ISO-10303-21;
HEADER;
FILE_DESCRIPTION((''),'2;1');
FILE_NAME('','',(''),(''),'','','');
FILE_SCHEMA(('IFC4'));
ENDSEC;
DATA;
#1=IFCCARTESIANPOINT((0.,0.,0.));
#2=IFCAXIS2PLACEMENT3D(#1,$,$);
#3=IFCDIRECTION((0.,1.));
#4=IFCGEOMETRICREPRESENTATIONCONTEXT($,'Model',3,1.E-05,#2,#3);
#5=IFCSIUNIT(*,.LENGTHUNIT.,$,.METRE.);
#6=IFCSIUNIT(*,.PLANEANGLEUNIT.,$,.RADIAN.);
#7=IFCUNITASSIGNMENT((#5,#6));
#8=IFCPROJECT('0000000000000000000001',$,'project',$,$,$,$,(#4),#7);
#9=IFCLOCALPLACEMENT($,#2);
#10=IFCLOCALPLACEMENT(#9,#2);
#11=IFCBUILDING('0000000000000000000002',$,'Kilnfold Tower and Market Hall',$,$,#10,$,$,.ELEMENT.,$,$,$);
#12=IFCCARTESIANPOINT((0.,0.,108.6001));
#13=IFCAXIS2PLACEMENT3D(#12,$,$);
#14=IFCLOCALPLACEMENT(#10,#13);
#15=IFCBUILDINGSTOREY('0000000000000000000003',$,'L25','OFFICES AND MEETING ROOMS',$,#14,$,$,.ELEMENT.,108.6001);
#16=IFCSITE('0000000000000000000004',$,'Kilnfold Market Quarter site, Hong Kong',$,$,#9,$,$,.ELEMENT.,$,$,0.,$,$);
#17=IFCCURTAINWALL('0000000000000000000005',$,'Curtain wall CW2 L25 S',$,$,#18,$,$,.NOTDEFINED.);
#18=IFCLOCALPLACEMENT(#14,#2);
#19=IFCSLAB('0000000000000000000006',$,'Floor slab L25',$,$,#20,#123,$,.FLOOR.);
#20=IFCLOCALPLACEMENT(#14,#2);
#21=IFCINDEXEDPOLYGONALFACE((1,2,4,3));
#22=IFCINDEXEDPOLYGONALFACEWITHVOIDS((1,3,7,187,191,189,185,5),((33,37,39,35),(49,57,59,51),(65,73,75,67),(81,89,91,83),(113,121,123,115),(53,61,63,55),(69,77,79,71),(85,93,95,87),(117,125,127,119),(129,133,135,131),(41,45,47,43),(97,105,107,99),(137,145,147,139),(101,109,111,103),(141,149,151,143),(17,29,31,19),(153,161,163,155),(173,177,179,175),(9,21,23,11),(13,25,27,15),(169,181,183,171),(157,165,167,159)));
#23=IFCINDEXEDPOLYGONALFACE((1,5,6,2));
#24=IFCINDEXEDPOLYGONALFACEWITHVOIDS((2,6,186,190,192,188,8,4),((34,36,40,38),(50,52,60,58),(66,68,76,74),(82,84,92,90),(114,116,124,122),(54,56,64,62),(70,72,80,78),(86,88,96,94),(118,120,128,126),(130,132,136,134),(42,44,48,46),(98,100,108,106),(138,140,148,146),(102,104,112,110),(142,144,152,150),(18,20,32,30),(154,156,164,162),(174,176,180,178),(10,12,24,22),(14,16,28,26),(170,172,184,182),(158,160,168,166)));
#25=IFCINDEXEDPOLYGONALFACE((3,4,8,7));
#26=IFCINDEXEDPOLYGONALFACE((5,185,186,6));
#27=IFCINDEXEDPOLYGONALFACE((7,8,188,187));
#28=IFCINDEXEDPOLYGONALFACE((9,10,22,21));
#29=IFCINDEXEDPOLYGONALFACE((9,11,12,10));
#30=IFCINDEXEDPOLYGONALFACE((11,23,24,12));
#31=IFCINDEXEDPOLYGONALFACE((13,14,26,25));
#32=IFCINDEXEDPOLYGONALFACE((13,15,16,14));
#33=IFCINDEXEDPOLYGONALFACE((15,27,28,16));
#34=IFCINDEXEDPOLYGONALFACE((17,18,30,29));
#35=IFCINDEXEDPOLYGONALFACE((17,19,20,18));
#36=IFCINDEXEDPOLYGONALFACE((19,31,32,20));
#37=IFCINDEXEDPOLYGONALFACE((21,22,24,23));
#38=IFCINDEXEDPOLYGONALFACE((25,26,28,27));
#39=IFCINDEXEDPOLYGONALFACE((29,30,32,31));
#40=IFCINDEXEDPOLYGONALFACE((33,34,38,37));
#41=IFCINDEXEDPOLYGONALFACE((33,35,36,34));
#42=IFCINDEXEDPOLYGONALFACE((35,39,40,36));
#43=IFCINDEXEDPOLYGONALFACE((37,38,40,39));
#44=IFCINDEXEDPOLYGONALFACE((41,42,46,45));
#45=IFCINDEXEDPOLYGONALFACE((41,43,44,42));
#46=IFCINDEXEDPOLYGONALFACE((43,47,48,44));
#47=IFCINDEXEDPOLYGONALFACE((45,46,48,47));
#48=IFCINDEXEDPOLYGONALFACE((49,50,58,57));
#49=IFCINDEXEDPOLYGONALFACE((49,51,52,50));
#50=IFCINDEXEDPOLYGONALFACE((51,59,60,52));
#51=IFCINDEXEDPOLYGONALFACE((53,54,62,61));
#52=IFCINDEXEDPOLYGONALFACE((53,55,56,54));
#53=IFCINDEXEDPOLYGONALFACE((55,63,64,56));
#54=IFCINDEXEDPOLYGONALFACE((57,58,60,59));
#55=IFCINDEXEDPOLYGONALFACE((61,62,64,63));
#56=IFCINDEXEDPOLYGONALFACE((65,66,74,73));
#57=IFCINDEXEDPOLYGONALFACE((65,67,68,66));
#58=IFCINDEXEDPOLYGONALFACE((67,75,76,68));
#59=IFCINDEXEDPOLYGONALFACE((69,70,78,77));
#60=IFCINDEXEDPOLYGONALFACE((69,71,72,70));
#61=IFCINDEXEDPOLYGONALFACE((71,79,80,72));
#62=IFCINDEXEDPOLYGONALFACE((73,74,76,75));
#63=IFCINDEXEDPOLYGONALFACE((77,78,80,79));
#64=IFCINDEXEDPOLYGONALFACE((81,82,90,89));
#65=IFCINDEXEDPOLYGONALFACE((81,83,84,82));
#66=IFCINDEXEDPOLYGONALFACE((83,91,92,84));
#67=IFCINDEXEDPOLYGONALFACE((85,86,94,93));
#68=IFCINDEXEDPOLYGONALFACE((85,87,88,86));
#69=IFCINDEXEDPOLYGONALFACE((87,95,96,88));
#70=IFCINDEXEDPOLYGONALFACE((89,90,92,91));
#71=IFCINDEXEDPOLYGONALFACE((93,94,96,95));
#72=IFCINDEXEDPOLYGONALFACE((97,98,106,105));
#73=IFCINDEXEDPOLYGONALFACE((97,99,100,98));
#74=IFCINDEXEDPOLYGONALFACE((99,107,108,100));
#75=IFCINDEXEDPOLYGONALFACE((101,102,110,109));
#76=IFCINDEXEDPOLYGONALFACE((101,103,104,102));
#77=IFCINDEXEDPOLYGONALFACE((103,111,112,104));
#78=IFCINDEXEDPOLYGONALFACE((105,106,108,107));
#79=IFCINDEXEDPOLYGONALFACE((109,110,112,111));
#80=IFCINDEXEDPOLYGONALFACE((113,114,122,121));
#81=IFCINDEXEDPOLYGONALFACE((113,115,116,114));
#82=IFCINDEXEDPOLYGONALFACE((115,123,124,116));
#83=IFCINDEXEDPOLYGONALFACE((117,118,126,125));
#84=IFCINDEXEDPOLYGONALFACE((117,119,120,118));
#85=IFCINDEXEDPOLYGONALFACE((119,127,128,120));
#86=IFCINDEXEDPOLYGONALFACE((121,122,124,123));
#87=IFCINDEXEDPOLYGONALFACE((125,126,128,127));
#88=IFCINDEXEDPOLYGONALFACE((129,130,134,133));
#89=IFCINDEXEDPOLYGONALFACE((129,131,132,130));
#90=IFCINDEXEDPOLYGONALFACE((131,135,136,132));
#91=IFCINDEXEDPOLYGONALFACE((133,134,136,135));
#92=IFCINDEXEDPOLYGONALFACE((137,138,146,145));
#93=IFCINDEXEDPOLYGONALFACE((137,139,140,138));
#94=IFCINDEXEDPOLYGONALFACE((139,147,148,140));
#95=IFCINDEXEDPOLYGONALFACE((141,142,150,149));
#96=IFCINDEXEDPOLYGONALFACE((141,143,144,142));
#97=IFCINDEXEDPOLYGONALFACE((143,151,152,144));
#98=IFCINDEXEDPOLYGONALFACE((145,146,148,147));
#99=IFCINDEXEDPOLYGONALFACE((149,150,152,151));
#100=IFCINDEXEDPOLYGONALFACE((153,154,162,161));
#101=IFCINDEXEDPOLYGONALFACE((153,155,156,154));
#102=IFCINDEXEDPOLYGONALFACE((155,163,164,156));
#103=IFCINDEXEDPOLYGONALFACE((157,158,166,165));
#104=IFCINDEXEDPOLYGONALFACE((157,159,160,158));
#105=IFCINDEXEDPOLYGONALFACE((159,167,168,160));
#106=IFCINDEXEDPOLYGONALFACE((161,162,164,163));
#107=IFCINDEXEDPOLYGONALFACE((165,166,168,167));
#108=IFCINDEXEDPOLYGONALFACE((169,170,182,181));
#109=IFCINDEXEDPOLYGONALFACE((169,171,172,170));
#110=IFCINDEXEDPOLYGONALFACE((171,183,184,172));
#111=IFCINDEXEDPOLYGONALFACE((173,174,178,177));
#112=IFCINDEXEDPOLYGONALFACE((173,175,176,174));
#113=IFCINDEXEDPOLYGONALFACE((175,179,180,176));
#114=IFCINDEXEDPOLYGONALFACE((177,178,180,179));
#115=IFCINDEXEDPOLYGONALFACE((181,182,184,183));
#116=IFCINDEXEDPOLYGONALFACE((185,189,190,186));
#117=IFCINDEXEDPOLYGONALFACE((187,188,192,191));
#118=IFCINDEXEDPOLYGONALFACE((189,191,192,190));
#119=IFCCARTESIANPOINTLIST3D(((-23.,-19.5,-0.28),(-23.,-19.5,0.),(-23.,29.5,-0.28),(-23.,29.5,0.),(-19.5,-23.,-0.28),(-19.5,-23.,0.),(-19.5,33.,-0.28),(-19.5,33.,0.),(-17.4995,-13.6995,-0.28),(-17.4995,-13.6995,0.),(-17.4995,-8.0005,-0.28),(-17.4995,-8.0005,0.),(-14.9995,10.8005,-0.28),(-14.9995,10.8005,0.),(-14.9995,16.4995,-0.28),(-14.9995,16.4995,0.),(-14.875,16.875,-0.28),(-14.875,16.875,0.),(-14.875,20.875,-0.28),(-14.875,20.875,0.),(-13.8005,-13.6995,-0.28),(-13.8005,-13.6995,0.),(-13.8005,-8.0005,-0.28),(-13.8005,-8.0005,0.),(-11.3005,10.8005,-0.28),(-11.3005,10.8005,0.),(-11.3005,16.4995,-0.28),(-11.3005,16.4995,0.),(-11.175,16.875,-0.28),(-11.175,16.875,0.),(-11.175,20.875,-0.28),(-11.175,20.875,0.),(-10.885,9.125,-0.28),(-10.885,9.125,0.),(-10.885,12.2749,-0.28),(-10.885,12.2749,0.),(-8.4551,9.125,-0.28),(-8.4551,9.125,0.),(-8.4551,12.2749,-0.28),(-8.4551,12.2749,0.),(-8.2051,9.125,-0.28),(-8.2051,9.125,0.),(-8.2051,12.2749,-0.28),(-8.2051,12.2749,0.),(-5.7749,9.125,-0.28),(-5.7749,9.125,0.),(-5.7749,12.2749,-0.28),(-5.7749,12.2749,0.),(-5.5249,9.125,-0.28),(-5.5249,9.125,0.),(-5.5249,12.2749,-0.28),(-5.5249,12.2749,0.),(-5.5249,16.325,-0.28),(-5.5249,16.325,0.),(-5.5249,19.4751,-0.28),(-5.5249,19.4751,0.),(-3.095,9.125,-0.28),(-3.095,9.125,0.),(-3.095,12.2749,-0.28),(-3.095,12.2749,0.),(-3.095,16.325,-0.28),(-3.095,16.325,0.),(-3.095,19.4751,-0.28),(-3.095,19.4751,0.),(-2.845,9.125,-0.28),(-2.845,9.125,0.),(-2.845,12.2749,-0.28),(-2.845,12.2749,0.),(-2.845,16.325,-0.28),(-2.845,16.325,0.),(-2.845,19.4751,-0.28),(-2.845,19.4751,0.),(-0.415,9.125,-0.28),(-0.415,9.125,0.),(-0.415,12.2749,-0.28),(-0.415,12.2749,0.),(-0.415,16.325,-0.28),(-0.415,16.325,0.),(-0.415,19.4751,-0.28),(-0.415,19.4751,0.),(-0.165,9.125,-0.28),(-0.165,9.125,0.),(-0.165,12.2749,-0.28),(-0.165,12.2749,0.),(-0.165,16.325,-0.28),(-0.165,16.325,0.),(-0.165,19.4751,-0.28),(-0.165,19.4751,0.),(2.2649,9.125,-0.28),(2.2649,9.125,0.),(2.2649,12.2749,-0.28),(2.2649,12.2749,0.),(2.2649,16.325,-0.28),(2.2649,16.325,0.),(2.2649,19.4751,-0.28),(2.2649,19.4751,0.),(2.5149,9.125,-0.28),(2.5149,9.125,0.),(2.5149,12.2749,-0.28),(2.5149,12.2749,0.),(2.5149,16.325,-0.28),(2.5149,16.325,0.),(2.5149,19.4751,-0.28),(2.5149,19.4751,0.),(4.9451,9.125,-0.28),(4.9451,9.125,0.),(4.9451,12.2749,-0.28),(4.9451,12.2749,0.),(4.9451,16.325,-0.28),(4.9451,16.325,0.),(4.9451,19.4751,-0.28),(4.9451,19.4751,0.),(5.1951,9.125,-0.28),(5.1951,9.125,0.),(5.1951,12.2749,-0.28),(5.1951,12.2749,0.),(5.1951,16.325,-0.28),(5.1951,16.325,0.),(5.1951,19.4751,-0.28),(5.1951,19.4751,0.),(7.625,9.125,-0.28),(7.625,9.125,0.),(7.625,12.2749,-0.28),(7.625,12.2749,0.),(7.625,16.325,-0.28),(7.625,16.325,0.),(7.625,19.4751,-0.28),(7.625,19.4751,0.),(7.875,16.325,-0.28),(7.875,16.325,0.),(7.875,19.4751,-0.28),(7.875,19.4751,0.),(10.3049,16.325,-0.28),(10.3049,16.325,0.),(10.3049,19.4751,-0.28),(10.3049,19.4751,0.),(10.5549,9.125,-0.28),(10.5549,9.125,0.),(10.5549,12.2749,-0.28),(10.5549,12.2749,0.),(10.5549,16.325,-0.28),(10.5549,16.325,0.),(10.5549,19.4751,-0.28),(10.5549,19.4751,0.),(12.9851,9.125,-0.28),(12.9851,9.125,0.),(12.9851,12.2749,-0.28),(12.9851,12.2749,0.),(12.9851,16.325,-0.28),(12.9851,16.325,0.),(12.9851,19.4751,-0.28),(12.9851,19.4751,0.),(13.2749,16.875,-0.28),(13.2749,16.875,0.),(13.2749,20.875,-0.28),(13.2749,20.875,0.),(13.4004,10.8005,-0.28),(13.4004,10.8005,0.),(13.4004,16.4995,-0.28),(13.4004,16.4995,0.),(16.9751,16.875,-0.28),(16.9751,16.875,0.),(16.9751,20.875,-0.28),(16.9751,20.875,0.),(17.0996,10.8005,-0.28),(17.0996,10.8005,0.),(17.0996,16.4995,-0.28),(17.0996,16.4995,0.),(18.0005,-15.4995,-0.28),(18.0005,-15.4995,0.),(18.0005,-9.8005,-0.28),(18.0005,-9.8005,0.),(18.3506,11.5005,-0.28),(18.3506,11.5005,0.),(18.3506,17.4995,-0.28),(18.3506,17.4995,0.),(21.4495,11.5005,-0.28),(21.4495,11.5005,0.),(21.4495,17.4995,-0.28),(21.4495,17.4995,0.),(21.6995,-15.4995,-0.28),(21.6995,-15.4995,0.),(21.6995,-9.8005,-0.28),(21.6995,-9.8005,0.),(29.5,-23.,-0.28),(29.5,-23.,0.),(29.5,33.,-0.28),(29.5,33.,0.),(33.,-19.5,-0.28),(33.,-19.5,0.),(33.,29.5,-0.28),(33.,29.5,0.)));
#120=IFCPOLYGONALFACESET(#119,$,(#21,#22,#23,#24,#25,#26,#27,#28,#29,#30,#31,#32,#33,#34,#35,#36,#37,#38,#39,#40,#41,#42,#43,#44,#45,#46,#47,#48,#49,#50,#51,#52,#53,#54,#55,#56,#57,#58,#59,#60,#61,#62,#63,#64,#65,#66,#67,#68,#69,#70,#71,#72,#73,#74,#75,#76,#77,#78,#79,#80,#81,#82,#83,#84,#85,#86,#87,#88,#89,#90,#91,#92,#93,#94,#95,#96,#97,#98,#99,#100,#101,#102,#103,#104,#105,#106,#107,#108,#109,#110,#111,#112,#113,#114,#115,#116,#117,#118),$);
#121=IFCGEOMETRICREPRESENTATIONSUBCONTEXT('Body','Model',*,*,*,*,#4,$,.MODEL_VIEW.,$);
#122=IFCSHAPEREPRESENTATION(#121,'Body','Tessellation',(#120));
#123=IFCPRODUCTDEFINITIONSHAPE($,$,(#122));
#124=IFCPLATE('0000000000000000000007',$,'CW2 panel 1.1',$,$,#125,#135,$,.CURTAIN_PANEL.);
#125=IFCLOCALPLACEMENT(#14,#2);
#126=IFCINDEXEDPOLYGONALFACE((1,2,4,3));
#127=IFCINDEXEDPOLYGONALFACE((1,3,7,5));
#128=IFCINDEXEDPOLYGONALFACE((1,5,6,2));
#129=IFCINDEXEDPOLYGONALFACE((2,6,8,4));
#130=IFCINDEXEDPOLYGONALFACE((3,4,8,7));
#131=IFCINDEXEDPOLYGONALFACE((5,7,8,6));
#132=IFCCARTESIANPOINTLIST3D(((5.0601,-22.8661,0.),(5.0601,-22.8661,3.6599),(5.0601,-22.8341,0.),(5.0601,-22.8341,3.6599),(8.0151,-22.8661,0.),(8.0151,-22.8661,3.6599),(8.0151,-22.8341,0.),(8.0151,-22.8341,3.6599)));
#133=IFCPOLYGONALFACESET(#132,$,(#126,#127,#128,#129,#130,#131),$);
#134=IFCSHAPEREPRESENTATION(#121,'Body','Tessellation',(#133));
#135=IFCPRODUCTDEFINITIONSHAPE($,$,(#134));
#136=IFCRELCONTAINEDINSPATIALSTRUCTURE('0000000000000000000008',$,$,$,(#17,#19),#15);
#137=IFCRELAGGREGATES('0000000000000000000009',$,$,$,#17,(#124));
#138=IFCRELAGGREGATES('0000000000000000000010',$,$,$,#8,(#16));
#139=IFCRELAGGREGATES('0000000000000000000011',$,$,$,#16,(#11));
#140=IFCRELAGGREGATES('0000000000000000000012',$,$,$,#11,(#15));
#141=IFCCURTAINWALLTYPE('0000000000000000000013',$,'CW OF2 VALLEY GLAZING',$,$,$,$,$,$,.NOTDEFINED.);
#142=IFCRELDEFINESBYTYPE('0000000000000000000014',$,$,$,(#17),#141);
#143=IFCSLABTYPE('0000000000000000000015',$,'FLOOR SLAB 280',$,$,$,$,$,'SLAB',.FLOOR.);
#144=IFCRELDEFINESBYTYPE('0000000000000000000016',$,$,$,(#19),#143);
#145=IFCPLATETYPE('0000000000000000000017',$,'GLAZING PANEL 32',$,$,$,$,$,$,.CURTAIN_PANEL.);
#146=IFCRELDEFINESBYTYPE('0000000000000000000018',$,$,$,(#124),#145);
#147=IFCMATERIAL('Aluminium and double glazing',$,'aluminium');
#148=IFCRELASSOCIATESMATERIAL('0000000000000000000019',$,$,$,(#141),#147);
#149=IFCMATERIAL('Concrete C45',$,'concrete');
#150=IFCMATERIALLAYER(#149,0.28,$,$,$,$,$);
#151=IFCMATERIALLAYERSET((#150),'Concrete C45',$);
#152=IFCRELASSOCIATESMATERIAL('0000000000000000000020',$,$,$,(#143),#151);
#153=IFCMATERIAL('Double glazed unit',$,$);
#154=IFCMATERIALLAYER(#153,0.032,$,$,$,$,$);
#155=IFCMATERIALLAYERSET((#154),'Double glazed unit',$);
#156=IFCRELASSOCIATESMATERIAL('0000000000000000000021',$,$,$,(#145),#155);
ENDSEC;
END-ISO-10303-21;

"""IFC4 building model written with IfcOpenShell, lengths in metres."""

from ifc_helpers import new_model, si_unit, direction, frame, origin, origin_2d, place, context, subcontext, project, spatial, polyline, rectangle, outline, extrude, source, transform, mapped, material, layer, layer_set, type_object, element, aggregate, save


model = new_model("IFC4")

# Units and contexts
model_context = context("Model", 3, precision=1e-05, world=origin(), true_north=direction((0.0, 1.0)))
body_context = subcontext(model_context, "Body", "Model", "MODEL_VIEW")
ifc_project = project(units=[si_unit("LENGTHUNIT", "METRE"), si_unit("PLANEANGLEUNIT", "RADIAN")], contexts=[model_context])

# Site, building, storey
site_placement = place(None, origin())
site = spatial("IfcSite", under=ifc_project, at=site_placement, Name="Kilnfold Market Quarter site, Hong Kong", CompositionType="ELEMENT", RefElevation=0.0)
building_placement = place(site_placement, origin())
building = spatial("IfcBuilding", under=site, at=building_placement, Name="Kilnfold Tower and Market Hall", CompositionType="ELEMENT")
storey_placement = place(building_placement, frame((0.0, 0.0, 108.6001)))
storey = spatial("IfcBuildingStorey", under=building, at=storey_placement, Name="L25", Description="OFFICES AND MEETING ROOMS", CompositionType="ELEMENT", Elevation=108.6001)

# Curtain wall
ifc_material_1 = material(Name="Aluminium and double glazing", Category="aluminium")
curtain_wall_type = type_object("IfcCurtainWallType", Name="CW OF2 VALLEY GLAZING", PredefinedType="NOTDEFINED", material=ifc_material_1)
curtain_wall_placement = place(storey_placement, origin())
curtain_wall = element("IfcCurtainWall", 1, at=curtain_wall_placement, inside=storey, type_object=curtain_wall_type, Name="Curtain wall CW2 L25 S", PredefinedType="NOTDEFINED")

# Slab
ifc_material_2 = material(Name="Concrete C45", Category="concrete")
ifc_layer_1 = layer(ifc_material_2, 0.28)
ifc_layer_set_1 = layer_set([ifc_layer_1], Name="Concrete C45")
slab_type_1 = type_object("IfcSlabType", Name="FLOOR SLAB 280", ElementType="SLAB", PredefinedType="FLOOR", material=ifc_layer_set_1)
shared_shape_1 = source(origin(), body_context, "Body", "SweptSolid", [
    extrude(outline(polyline([(-19.5, -23.0), (29.5, -23.0), (33.0, -19.5), (33.0, 29.5), (29.5, 33.0), (-19.5, 33.0), (-23.0, 29.5), (-23.0, -19.5), (-19.5, -23.0)]), holes=[polyline([(-13.8005, -13.6995), (-17.4995, -13.6995), (-17.4995, -8.0005), (-13.8005, -8.0005), (-13.8005, -13.6995)]), polyline([(-14.9995, 10.8005), (-14.9995, 16.4995), (-11.3005, 16.4995), (-11.3005, 10.8005), (-14.9995, 10.8005)]), polyline([(-14.875, 16.875), (-14.875, 20.875), (-11.175, 20.875), (-11.175, 16.875), (-14.875, 16.875)]), polyline([(-8.4551, 9.125), (-10.885, 9.125), (-10.885, 12.2749), (-8.4551, 12.2749), (-8.4551, 9.125)]), polyline([(-5.7749, 9.125), (-8.2051, 9.125), (-8.2051, 12.2749), (-5.7749, 12.2749), (-5.7749, 9.125)]), polyline([(-5.5249, 9.125), (-5.5249, 12.2749), (-3.095, 12.2749), (-3.095, 9.125), (-5.5249, 9.125)]), polyline([(-5.5249, 16.325), (-5.5249, 19.4751), (-3.095, 19.4751), (-3.095, 16.325), (-5.5249, 16.325)]), polyline([(-2.845, 9.125), (-2.845, 12.2749), (-0.415, 12.2749), (-0.415, 9.125), (-2.845, 9.125)]), polyline([(-0.415, 16.325), (-2.845, 16.325), (-2.845, 19.4751), (-0.415, 19.4751), (-0.415, 16.325)]), polyline([(2.2649, 9.125), (-0.165, 9.125), (-0.165, 12.2749), (2.2649, 12.2749), (2.2649, 9.125)]), polyline([(-0.165, 16.325), (-0.165, 19.4751), (2.2649, 19.4751), (2.2649, 16.325), (-0.165, 16.325)]), polyline([(4.9451, 9.125), (2.5149, 9.125), (2.5149, 12.2749), (4.9451, 12.2749), (4.9451, 9.125)]), polyline([(2.5149, 16.325), (2.5149, 19.4751), (4.9451, 19.4751), (4.9451, 16.325), (2.5149, 16.325)]), polyline([(7.625, 9.125), (5.1951, 9.125), (5.1951, 12.2749), (7.625, 12.2749), (7.625, 9.125)]), polyline([(5.1951, 16.325), (5.1951, 19.4751), (7.625, 19.4751), (7.625, 16.325), (5.1951, 16.325)]), polyline([(10.3049, 16.325), (7.875, 16.325), (7.875, 19.4751), (10.3049, 19.4751), (10.3049, 16.325)]), polyline([(10.5549, 9.125), (10.5549, 12.2749), (12.9851, 12.2749), (12.9851, 9.125), (10.5549, 9.125)]), polyline([(10.5549, 16.325), (10.5549, 19.4751), (12.9851, 19.4751), (12.9851, 16.325), (10.5549, 16.325)]), polyline([(13.2749, 16.875), (13.2749, 20.875), (16.9751, 20.875), (16.9751, 16.875), (13.2749, 16.875)]), polyline([(13.4004, 10.8005), (13.4004, 16.4995), (17.0996, 16.4995), (17.0996, 10.8005), (13.4004, 10.8005)]), polyline([(18.0005, -9.8005), (21.6995, -9.8005), (21.6995, -15.4995), (18.0005, -15.4995), (18.0005, -9.8005)]), polyline([(21.4495, 11.5005), (18.3506, 11.5005), (18.3506, 17.4995), (21.4495, 17.4995), (21.4495, 11.5005)])]), origin(), (0.0, 0.0, 1.0), 0.28),
])
slab_1_placement = place(storey_placement, frame((0.0, 0.0, -0.28)))
element("IfcSlab", 2, at=slab_1_placement, inside=storey, type_object=slab_type_1, Name="Floor slab L25", PredefinedType="FLOOR", context=body_context, shape_type="MappedRepresentation", body=[
    mapped(shared_shape_1, transform((0.0, 0.0, 0.0))),
])

# Plate
ifc_material_3 = material(Name="Double glazed unit")
ifc_layer_2 = layer(ifc_material_3, 0.032)
ifc_layer_set_2 = layer_set([ifc_layer_2], Name="Double glazed unit")
plate_type = type_object("IfcPlateType", Name="GLAZING PANEL 32", PredefinedType="CURTAIN_PANEL", material=ifc_layer_set_2)
shared_shape_2 = source(origin(), body_context, "Body", "SweptSolid", [
    extrude(rectangle(XDim=2.9551, YDim=0.032, at=origin_2d()), origin(), (0.0, 0.0, 1.0), 3.6599),
])
plate_placement = place(storey_placement, frame((6.5376, -22.8501, 0.0), z_axis=(0.0, 0.0, 1.0), x_axis=(1.0, 0.0, 0.0)))
plate = element("IfcPlate", 3, at=plate_placement, type_object=plate_type, Name="CW2 panel 1.1", PredefinedType="CURTAIN_PANEL", context=body_context, shape_type="MappedRepresentation", body=[
    mapped(shared_shape_2, transform((0.0, 0.0, 0.0))),
])
aggregate(curtain_wall, [plate])

save(model, "model.ifc")
